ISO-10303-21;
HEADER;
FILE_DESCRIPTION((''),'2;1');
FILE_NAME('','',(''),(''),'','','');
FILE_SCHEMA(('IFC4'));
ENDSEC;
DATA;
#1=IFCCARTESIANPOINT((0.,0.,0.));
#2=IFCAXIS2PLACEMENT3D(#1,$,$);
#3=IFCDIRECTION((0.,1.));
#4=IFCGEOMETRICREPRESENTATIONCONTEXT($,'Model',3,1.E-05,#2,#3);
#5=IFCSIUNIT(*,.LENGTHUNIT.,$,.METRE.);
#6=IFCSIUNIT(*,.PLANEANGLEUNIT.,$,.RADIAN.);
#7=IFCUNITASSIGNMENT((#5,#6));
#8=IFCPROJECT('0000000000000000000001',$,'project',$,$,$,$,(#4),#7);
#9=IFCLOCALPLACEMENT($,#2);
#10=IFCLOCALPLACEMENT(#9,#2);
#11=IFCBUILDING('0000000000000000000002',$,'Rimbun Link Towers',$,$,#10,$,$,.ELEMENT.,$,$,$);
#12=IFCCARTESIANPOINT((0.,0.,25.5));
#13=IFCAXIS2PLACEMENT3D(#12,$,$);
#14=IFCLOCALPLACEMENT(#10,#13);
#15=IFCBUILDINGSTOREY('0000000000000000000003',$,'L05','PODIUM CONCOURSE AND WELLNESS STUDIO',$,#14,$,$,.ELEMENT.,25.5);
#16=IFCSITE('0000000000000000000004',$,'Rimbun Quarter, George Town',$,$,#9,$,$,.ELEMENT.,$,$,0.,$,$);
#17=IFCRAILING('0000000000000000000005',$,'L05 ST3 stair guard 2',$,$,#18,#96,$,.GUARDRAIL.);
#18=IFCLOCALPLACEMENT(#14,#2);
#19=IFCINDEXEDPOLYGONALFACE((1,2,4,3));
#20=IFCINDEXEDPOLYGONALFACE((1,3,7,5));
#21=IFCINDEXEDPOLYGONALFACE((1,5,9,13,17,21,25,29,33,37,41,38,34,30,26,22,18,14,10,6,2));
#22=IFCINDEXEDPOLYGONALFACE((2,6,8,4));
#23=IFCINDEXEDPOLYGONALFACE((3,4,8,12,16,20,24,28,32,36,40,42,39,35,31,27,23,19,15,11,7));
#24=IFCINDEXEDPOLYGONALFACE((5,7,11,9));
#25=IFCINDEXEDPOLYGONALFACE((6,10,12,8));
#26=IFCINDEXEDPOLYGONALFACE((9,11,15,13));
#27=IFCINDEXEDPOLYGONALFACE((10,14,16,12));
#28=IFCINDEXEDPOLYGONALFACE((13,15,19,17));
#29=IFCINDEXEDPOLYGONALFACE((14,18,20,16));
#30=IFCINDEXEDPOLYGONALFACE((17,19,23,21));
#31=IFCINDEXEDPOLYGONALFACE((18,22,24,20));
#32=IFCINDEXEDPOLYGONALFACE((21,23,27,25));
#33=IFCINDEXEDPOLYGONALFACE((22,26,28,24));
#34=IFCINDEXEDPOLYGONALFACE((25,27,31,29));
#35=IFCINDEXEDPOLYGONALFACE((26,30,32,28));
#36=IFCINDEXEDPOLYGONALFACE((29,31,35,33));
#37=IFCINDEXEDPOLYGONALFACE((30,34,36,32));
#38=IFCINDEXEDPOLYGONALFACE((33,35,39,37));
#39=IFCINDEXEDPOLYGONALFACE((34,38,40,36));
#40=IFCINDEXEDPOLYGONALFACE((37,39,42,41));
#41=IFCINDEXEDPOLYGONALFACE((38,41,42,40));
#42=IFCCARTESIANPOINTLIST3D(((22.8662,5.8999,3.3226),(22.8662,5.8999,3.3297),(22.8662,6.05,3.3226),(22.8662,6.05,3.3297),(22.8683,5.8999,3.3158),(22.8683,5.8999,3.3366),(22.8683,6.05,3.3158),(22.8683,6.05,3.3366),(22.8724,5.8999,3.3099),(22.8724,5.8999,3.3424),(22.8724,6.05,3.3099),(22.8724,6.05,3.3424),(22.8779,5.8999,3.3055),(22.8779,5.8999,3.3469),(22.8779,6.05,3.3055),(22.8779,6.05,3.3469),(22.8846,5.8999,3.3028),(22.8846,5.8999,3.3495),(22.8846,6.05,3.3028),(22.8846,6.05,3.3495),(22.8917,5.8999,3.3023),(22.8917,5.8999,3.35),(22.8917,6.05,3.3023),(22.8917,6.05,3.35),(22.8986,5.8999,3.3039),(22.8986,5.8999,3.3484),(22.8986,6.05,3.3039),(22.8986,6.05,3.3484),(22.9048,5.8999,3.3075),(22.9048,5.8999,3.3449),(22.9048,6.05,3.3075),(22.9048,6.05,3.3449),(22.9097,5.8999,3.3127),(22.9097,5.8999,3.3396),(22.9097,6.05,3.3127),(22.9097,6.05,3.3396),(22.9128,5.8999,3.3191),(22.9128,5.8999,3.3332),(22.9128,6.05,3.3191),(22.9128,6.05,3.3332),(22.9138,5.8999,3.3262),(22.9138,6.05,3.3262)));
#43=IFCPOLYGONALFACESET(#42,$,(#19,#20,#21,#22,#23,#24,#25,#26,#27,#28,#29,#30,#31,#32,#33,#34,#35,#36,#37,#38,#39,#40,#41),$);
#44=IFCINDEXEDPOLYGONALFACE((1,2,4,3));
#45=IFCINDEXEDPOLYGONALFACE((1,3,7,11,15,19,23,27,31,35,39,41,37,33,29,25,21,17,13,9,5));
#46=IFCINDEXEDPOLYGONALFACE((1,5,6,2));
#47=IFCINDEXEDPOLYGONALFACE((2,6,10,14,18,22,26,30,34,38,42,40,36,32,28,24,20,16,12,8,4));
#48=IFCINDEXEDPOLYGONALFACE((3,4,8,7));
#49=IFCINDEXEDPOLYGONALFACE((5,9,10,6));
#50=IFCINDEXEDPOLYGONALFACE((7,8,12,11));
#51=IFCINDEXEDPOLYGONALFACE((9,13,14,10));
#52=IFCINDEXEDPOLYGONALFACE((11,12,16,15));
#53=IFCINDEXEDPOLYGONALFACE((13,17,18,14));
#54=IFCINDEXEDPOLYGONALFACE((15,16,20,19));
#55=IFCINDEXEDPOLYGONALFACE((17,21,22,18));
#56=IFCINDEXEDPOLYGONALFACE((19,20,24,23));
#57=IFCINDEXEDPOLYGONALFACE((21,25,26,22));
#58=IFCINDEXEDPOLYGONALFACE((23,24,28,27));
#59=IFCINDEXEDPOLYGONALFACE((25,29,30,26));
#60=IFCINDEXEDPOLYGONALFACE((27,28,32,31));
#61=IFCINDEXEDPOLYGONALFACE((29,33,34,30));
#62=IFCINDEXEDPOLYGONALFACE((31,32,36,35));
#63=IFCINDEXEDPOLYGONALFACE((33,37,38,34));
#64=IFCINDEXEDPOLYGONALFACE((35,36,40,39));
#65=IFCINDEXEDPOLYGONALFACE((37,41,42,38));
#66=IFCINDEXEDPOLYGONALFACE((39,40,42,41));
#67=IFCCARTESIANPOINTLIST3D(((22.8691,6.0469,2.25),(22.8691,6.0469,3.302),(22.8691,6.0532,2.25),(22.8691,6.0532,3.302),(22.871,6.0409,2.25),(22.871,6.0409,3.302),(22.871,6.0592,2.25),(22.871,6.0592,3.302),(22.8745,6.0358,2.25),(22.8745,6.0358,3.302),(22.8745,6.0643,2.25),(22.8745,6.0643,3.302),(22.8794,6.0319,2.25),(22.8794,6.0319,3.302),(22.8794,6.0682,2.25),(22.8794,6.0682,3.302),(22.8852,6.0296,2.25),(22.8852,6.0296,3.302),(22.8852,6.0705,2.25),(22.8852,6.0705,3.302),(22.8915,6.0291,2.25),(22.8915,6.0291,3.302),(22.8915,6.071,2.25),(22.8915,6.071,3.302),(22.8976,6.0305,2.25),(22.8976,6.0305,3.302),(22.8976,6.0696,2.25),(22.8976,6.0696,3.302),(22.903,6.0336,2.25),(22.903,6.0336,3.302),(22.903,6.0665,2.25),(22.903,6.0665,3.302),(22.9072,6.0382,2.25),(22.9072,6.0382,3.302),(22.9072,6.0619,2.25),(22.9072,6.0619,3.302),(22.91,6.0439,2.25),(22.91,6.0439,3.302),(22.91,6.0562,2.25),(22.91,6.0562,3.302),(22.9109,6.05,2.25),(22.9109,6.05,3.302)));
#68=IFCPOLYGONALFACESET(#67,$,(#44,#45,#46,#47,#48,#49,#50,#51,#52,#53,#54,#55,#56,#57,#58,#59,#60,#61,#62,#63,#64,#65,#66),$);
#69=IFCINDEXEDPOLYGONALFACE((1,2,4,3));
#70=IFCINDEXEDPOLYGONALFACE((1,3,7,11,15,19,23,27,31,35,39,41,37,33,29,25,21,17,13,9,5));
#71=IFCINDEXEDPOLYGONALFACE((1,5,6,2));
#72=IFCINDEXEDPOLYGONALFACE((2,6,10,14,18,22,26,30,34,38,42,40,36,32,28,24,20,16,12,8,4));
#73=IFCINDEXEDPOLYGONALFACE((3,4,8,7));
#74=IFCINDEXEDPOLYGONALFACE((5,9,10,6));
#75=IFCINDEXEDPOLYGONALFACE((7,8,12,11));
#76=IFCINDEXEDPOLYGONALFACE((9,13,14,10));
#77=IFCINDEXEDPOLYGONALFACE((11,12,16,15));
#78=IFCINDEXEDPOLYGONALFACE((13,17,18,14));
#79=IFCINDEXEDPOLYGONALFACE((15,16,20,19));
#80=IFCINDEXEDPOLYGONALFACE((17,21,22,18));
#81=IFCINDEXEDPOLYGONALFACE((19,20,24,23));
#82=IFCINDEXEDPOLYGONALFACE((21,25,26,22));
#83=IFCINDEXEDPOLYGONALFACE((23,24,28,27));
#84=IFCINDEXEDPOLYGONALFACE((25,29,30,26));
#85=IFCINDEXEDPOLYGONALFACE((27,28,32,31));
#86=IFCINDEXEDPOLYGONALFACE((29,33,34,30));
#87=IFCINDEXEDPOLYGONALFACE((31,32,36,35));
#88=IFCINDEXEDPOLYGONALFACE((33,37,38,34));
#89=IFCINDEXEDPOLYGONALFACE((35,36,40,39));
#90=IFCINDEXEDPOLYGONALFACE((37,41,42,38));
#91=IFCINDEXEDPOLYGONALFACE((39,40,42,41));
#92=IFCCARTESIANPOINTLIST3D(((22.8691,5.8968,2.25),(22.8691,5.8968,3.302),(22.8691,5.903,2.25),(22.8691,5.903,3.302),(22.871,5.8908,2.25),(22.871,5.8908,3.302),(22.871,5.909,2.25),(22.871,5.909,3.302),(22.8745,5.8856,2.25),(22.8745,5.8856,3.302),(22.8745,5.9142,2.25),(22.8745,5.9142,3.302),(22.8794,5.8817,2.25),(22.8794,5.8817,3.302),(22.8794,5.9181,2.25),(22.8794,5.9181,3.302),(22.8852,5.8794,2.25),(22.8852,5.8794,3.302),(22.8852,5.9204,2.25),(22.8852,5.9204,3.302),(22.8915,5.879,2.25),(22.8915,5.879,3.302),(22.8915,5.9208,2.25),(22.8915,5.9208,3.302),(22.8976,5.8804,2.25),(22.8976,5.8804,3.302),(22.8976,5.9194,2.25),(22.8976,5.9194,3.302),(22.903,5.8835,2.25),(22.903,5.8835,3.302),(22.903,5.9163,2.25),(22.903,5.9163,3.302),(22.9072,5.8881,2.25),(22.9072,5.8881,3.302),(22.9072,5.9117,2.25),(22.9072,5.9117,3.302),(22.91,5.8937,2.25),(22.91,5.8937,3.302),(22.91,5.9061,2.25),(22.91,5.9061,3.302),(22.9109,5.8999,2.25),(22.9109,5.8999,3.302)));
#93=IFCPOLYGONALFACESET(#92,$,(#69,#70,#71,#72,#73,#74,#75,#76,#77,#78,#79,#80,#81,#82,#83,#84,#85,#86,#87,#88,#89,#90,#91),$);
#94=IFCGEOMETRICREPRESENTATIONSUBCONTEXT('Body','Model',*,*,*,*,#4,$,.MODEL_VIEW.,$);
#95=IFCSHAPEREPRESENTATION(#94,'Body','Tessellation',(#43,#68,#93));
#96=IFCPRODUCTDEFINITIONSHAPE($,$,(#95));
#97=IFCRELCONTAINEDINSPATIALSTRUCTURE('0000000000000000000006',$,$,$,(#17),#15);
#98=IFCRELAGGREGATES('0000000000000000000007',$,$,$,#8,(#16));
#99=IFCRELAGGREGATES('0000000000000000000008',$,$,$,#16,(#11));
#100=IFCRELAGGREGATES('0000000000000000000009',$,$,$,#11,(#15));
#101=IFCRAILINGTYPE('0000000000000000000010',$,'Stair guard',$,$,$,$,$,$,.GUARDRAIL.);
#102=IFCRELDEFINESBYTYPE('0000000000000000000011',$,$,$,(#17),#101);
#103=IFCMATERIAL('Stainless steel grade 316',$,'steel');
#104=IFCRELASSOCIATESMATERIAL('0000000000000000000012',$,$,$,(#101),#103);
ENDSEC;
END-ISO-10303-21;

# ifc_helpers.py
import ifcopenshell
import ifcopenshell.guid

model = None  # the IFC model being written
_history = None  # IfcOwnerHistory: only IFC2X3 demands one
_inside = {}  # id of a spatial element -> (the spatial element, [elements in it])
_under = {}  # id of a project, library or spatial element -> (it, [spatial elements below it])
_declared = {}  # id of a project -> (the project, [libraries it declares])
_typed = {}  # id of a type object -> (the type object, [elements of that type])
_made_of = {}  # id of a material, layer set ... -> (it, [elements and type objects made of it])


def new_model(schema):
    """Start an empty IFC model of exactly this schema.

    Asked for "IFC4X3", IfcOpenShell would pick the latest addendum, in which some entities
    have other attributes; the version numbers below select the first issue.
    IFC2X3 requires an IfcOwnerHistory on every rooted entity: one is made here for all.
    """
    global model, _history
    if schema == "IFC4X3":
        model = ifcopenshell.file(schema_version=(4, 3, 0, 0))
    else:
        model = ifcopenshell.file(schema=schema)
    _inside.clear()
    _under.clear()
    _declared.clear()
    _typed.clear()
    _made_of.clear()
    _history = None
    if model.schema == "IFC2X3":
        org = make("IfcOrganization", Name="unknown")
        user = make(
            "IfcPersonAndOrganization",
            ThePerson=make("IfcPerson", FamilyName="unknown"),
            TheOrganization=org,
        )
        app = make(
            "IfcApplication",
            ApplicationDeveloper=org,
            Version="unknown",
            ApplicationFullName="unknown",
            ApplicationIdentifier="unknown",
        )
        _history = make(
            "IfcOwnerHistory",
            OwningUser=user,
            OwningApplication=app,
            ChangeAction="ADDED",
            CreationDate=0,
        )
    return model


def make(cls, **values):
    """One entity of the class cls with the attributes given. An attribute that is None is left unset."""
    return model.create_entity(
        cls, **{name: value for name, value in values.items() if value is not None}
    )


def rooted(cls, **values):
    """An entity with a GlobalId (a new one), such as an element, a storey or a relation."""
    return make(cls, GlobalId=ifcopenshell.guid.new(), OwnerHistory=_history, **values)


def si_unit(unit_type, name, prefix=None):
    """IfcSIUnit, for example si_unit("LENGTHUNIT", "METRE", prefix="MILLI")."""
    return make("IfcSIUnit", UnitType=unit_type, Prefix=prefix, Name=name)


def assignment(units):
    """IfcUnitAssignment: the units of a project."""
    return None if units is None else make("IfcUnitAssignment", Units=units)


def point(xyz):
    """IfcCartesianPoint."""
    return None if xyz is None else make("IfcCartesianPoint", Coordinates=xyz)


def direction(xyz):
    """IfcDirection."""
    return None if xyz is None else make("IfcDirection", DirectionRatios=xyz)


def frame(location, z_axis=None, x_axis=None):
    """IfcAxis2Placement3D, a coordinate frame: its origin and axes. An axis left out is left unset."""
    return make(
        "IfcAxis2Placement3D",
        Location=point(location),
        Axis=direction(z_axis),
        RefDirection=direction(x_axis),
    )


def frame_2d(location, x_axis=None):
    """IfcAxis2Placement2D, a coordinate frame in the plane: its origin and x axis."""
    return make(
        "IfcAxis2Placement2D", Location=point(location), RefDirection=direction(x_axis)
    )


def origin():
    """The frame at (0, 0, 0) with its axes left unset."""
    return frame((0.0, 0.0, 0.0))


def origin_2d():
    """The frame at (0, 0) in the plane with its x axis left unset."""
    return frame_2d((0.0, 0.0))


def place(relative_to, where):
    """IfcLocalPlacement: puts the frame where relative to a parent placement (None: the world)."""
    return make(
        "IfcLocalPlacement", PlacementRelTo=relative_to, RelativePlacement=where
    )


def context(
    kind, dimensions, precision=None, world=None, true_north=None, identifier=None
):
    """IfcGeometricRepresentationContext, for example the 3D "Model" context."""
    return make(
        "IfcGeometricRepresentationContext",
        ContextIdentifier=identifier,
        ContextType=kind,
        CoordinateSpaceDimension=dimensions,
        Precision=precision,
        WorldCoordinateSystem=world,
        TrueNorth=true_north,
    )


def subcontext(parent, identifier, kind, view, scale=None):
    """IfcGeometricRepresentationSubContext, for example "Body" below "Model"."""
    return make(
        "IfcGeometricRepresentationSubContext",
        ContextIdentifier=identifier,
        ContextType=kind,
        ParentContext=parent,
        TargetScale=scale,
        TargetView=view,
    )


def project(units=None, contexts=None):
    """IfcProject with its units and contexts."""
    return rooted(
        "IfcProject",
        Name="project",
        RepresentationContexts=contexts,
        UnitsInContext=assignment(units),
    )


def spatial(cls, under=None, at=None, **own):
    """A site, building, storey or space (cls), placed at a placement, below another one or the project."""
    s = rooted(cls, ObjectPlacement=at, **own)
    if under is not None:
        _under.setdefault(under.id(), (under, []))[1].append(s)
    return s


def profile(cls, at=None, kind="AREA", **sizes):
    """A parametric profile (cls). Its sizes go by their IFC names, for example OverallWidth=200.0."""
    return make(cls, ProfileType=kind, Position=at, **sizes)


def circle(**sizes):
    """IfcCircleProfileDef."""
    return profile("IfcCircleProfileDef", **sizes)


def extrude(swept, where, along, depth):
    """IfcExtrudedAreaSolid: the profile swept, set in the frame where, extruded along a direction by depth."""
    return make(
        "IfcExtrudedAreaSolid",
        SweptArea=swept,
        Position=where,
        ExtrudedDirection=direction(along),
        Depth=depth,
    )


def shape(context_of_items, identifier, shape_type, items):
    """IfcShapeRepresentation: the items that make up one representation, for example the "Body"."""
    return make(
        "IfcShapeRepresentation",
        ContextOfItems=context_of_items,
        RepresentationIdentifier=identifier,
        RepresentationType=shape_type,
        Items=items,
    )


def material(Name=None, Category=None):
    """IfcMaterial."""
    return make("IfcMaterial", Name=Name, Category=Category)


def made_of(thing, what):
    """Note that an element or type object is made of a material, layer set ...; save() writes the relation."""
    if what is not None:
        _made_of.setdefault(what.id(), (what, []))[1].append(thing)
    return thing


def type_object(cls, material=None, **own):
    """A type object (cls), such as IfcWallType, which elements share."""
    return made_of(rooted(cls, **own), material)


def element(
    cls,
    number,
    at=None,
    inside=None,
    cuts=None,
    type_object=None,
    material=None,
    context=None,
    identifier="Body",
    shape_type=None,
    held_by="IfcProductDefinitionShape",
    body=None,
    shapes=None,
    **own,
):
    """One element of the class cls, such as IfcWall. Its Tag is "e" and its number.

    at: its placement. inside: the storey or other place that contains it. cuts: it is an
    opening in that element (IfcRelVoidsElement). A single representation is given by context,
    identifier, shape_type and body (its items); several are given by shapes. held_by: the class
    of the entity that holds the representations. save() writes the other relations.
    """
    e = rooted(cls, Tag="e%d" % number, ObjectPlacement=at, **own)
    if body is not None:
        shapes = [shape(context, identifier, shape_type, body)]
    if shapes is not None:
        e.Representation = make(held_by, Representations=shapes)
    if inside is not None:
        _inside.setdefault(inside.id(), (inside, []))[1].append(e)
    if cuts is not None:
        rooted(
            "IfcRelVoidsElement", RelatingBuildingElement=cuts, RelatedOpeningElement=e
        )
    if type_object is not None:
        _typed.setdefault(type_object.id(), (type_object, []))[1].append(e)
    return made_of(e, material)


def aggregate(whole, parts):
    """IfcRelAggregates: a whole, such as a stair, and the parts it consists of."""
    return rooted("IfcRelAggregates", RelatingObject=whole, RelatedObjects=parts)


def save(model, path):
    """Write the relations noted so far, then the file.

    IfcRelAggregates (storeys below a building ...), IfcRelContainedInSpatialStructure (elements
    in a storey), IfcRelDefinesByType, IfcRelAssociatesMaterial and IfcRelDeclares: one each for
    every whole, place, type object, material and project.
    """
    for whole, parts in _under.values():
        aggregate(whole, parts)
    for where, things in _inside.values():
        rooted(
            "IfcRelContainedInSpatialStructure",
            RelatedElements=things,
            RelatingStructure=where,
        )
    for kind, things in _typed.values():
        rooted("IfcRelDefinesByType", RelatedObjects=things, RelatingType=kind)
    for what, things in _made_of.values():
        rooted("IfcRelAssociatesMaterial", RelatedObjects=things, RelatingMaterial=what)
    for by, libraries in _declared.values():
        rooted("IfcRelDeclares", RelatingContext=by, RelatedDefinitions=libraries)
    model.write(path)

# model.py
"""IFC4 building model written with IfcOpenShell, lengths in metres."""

from ifc_helpers import new_model, si_unit, direction, frame, origin, origin_2d, place, context, subcontext, project, spatial, circle, extrude, material, type_object, element, save


model = new_model("IFC4")

# Units and contexts
model_context = context("Model", 3, precision=1e-05, world=origin(), true_north=direction((0.0, 1.0)))
body_context = subcontext(model_context, "Body", "Model", "MODEL_VIEW")
ifc_project = project(units=[si_unit("LENGTHUNIT", "METRE"), si_unit("PLANEANGLEUNIT", "RADIAN")], contexts=[model_context])

# Site, building, storey
site_placement = place(None, origin())
site = spatial("IfcSite", under=ifc_project, at=site_placement, Name="Rimbun Quarter, George Town", CompositionType="ELEMENT", RefElevation=0.0)
building_placement = place(site_placement, origin())
building = spatial("IfcBuilding", under=site, at=building_placement, Name="Rimbun Link Towers", CompositionType="ELEMENT")
storey_placement = place(building_placement, frame((0.0, 0.0, 25.5)))
storey = spatial("IfcBuildingStorey", under=building, at=storey_placement, Name="L05", Description="PODIUM CONCOURSE AND WELLNESS STUDIO", CompositionType="ELEMENT", Elevation=25.5)

# Railing
ifc_material_1 = material(Name="Stainless steel grade 316", Category="steel")
railing_type_1 = type_object("IfcRailingType", Name="Stair guard", PredefinedType="GUARDRAIL", material=ifc_material_1)
railing_1_placement = place(storey_placement, frame((22.8899, 6.05, 2.25)))
element("IfcRailing", 1, at=railing_1_placement, inside=storey, type_object=railing_type_1, Name="L05 ST3 stair guard 2", PredefinedType="GUARDRAIL", context=body_context, shape_type="SweptSolid", body=[
    extrude(circle(Radius=0.0239, at=origin_2d()), frame((0.0, 0.0, 1.0762), z_axis=(0.0, -1.0, 0.0), x_axis=(1.0, 0.0, 0.0)), (0.0, 0.0, 1.0), 0.1501),
    extrude(circle(Radius=0.021, at=origin_2d()), origin(), (0.0, 0.0, 1.0), 1.052),
    extrude(circle(Radius=0.021, at=origin_2d()), frame((0.0, -0.1501, 0.0)), (0.0, 0.0, 1.0), 1.052),
])

save(model, "model.ifc")
